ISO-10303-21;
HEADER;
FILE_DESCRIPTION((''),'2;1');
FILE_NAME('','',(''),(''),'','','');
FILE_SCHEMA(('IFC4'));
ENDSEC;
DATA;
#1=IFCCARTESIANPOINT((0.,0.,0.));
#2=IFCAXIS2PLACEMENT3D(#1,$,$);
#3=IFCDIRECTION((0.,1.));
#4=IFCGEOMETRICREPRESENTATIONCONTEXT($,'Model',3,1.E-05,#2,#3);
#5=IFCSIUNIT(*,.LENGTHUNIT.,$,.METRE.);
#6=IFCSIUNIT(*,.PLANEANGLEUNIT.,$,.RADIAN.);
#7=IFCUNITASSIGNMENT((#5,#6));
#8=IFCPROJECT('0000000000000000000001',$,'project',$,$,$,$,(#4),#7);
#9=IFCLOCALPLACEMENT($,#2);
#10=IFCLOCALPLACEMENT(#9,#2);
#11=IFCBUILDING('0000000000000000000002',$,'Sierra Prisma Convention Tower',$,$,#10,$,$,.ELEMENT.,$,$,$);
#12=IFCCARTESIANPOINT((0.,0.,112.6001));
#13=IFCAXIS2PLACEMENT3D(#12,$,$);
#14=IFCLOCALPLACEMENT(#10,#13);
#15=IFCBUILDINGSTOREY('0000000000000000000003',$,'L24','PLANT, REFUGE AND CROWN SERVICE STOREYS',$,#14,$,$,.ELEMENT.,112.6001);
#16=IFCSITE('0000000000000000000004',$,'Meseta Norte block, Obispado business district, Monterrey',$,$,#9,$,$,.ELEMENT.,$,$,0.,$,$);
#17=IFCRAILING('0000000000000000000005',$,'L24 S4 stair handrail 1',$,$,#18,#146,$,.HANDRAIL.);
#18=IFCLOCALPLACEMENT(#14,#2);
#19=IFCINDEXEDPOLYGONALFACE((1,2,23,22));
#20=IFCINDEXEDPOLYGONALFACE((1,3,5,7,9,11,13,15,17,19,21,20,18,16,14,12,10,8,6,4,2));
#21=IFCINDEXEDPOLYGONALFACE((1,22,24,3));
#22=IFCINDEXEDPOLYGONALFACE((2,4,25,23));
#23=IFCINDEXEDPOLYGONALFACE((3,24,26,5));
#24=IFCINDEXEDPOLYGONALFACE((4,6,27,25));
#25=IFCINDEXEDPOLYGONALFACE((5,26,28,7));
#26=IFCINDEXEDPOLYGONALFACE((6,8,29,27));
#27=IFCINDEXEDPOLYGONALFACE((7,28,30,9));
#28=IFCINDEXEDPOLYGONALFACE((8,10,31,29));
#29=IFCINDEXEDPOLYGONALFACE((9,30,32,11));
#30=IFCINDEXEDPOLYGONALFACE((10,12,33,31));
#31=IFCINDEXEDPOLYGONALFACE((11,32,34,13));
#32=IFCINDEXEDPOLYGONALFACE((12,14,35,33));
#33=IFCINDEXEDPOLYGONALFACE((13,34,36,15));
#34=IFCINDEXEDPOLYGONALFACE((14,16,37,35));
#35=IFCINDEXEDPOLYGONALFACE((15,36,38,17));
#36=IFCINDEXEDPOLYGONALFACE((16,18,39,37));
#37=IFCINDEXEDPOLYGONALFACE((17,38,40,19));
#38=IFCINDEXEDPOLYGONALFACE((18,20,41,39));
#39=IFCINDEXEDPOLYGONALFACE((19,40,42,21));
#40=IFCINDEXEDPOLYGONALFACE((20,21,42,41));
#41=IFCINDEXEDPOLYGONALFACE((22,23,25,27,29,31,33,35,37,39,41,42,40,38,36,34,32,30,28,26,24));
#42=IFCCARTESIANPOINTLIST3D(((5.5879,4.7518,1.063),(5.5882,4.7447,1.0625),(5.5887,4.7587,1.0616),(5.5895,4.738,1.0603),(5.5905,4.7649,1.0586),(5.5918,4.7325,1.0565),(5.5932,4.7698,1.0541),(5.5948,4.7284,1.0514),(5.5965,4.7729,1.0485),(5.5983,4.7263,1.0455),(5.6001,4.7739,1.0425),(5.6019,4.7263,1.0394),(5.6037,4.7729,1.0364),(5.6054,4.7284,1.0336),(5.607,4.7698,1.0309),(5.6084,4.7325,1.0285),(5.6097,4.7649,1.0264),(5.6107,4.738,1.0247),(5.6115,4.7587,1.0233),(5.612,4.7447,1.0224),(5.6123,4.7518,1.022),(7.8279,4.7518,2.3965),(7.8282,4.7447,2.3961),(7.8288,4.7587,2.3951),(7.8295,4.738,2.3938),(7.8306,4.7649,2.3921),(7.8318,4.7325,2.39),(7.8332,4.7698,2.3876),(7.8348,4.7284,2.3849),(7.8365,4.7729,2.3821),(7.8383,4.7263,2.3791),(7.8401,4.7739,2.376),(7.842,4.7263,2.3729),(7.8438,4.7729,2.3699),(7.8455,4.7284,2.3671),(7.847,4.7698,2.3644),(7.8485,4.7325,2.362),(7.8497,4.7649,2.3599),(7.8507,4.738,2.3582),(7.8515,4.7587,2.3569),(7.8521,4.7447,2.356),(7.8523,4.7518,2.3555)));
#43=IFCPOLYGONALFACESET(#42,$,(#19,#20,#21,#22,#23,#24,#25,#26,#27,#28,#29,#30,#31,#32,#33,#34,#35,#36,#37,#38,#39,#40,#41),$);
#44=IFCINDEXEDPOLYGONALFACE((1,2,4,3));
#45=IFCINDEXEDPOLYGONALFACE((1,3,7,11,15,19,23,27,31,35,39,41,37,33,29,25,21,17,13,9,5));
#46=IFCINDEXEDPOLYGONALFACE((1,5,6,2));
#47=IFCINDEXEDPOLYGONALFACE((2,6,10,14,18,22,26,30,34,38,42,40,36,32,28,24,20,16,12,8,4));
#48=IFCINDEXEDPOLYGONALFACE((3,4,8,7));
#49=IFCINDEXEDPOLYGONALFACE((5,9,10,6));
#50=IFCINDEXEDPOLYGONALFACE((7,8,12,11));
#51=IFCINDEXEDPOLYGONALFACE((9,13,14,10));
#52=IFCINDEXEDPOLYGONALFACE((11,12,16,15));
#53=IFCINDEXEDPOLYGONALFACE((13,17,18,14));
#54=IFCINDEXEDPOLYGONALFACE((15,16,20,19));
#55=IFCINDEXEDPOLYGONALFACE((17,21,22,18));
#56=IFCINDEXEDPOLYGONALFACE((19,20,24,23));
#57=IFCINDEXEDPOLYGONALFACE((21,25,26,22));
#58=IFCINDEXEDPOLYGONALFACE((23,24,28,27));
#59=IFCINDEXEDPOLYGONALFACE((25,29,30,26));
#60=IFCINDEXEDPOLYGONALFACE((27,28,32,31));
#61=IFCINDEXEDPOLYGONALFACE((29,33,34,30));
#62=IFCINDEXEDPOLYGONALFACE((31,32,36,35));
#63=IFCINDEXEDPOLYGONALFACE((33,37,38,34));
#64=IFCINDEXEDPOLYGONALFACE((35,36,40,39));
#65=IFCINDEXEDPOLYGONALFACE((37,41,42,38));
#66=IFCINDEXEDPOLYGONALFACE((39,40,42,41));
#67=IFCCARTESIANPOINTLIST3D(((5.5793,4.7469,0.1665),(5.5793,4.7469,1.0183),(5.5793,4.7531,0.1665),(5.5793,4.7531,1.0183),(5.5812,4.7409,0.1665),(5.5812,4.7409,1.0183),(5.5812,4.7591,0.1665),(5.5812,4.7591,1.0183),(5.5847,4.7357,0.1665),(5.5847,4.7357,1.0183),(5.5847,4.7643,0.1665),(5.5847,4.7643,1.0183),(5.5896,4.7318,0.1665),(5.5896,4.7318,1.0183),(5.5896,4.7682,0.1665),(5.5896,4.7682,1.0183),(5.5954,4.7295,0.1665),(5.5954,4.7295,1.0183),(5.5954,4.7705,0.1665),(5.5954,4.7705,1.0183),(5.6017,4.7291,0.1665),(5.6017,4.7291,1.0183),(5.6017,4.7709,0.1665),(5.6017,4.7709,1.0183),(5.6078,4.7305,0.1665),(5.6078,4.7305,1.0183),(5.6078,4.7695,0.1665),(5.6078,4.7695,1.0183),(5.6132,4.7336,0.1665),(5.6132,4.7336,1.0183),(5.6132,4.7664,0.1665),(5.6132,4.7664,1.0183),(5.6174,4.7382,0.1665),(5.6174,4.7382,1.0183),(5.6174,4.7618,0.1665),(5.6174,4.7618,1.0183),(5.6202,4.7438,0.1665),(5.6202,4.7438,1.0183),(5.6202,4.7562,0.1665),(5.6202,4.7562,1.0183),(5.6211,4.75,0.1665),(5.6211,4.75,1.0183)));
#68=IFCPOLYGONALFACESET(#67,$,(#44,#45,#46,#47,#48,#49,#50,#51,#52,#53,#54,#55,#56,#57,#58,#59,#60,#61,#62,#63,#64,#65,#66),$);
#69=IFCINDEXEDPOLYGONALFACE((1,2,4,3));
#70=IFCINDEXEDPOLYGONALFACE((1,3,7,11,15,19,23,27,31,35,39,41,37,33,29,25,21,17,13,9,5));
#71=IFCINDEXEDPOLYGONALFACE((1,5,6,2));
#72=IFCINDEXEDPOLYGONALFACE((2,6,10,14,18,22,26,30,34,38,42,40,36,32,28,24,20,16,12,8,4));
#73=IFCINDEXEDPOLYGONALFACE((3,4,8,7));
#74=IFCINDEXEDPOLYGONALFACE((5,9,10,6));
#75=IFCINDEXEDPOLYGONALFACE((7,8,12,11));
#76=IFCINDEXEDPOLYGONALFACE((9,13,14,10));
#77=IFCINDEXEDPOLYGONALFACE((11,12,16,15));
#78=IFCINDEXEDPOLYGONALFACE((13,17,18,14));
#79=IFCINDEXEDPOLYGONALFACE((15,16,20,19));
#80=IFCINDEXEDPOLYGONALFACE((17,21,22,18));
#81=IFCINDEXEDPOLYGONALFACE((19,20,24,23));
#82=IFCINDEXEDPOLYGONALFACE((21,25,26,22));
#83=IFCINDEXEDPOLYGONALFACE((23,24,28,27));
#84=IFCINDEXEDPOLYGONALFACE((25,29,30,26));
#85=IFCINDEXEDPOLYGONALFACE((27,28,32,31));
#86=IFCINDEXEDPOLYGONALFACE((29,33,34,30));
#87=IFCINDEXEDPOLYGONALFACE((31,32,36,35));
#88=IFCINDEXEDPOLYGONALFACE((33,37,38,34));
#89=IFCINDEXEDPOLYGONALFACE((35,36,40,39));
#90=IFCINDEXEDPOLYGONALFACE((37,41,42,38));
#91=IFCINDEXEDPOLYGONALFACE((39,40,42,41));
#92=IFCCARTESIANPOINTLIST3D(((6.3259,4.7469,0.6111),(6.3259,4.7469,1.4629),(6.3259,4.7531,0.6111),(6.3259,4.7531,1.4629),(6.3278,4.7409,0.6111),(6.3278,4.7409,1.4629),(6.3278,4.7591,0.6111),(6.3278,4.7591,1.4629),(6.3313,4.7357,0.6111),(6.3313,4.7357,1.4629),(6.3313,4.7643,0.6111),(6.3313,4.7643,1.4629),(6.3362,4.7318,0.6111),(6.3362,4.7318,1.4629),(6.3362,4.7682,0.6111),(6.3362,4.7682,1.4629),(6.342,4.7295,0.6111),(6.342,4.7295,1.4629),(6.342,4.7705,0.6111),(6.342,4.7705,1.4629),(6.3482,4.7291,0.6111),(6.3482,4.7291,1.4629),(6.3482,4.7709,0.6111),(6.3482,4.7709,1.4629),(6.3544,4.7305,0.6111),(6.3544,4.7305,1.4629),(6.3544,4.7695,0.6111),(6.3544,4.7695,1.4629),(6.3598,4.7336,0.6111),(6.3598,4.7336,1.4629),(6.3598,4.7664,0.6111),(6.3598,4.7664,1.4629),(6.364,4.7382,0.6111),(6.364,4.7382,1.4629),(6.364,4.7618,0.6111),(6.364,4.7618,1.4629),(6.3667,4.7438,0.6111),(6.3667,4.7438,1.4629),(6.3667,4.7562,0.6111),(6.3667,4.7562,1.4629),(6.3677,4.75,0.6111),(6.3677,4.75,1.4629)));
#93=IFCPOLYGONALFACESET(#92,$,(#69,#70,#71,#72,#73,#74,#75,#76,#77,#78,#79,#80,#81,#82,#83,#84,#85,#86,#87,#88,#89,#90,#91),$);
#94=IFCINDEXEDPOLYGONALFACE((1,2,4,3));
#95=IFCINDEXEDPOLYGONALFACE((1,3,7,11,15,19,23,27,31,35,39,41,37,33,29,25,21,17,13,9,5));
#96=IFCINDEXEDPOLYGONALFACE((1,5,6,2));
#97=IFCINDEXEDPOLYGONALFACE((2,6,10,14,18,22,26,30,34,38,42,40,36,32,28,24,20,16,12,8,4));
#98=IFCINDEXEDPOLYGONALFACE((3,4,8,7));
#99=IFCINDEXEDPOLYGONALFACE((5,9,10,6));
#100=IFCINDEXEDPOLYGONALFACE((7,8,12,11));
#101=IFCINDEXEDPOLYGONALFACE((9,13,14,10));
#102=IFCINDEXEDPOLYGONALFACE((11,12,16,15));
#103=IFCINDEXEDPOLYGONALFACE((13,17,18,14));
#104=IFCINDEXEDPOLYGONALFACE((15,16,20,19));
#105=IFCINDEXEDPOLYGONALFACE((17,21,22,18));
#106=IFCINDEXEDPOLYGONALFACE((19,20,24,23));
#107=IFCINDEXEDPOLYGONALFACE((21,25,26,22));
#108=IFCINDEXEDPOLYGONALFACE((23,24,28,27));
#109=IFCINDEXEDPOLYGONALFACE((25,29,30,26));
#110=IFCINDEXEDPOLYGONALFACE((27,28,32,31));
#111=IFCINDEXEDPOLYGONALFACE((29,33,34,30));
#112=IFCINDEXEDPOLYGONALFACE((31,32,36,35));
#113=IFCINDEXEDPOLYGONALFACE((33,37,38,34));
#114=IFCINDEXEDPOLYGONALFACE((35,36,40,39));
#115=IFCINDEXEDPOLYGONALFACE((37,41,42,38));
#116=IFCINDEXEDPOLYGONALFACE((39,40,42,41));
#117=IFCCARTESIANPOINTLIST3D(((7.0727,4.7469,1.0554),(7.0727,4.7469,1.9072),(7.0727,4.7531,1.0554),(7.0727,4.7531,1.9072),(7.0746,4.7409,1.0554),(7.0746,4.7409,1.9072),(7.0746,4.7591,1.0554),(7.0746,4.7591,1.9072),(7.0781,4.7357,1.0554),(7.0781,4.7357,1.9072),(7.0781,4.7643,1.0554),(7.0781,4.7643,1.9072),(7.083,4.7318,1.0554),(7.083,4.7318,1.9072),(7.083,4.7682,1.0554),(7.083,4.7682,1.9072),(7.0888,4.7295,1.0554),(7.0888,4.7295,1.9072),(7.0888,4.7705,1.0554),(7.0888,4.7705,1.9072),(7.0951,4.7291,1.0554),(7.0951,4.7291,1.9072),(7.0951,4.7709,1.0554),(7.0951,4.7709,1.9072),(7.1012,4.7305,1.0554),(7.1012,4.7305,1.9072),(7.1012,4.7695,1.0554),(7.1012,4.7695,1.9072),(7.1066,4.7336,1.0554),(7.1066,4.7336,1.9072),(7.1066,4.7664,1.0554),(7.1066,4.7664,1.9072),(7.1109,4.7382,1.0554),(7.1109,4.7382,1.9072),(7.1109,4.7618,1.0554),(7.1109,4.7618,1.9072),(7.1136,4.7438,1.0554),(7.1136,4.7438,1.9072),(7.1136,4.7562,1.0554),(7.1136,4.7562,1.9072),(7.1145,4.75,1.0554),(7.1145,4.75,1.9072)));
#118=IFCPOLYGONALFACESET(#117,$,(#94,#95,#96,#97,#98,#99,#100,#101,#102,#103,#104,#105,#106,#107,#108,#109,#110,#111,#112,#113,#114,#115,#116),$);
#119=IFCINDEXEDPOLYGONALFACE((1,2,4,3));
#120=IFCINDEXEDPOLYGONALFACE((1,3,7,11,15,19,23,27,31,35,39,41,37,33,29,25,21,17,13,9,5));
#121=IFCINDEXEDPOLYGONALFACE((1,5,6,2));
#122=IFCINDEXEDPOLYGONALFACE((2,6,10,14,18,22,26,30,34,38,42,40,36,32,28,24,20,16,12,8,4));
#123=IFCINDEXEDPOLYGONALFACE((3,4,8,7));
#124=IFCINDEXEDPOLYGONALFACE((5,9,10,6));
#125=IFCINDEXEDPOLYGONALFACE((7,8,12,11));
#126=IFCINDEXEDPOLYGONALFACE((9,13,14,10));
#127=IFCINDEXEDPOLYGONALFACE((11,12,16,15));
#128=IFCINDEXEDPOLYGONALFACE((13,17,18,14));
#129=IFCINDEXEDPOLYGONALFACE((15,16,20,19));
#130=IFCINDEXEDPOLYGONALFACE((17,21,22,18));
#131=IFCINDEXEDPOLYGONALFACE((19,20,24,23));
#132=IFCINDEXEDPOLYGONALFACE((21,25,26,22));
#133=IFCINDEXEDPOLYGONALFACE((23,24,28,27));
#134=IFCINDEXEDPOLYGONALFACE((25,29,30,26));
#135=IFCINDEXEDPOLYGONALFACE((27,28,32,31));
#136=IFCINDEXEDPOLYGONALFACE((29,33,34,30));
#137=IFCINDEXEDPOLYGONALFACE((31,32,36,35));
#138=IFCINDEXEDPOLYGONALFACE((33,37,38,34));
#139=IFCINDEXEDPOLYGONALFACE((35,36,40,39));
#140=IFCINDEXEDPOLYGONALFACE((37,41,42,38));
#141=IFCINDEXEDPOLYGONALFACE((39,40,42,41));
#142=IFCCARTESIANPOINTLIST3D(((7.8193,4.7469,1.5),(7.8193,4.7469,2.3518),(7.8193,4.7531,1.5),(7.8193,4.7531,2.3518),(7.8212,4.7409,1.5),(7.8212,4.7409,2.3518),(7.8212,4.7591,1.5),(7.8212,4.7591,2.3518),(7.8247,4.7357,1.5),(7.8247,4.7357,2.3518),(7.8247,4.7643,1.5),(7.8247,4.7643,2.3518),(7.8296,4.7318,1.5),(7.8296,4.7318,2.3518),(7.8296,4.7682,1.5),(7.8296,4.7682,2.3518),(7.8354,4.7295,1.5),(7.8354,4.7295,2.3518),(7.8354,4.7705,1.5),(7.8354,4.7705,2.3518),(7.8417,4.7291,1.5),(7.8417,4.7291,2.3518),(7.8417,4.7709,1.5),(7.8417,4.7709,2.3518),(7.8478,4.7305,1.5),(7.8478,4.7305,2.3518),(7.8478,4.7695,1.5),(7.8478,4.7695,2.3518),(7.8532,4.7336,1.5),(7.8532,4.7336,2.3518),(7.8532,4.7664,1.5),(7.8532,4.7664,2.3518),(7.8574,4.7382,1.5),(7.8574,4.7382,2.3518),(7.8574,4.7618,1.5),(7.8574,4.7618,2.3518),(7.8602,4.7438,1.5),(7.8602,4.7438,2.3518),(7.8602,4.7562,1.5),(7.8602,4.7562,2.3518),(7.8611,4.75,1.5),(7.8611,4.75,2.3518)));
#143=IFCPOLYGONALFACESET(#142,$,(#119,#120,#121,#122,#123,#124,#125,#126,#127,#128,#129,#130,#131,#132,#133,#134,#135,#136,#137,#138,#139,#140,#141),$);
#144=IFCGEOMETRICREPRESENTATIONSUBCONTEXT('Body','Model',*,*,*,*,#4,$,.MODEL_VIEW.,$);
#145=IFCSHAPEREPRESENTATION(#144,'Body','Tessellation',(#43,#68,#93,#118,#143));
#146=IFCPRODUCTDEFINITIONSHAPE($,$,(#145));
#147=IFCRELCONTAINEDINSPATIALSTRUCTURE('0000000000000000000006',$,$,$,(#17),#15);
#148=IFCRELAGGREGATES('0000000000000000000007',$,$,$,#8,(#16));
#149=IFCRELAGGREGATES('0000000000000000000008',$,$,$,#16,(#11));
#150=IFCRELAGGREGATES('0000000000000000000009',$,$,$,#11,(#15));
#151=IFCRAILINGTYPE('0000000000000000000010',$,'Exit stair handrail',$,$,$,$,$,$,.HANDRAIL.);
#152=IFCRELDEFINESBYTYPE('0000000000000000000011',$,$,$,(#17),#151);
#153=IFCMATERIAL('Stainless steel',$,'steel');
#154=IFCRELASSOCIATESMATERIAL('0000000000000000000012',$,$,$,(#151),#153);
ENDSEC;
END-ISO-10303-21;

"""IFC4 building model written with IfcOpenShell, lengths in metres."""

from ifc_helpers import new_model, si_unit, direction, frame, origin, origin_2d, place, context, subcontext, project, spatial, circle, extrude, material, type_object, element, save


model = new_model("IFC4")

# Units and contexts
model_context = context("Model", 3, precision=1e-05, world=origin(), true_north=direction((0.0, 1.0)))
body_context = subcontext(model_context, "Body", "Model", "MODEL_VIEW")
ifc_project = project(units=[si_unit("LENGTHUNIT", "METRE"), si_unit("PLANEANGLEUNIT", "RADIAN")], contexts=[model_context])

# Site, building, storey
site_placement = place(None, origin())
site = spatial("IfcSite", under=ifc_project, at=site_placement, Name="Meseta Norte block, Obispado business district, Monterrey", CompositionType="ELEMENT", RefElevation=0.0)
building_placement = place(site_placement, origin())
building = spatial("IfcBuilding", under=site, at=building_placement, Name="Sierra Prisma Convention Tower", CompositionType="ELEMENT")
storey_placement = place(building_placement, frame((0.0, 0.0, 112.6001)))
storey = spatial("IfcBuildingStorey", under=building, at=storey_placement, Name="L24", Description="PLANT, REFUGE AND CROWN SERVICE STOREYS", CompositionType="ELEMENT", Elevation=112.6001)

# Railing
ifc_material_1 = material(Name="Stainless steel", Category="steel")
railing_type_1 = type_object("IfcRailingType", Name="Exit stair handrail", PredefinedType="HANDRAIL", material=ifc_material_1)
for number, where, name in (
    (1, (5.6001, 4.75, 0.1665), "L24 S4 stair handrail 1"),
):
    element("IfcRailing", number, at=place(storey_placement, frame(where)), inside=storey, type_object=railing_type_1, Name=name, PredefinedType="HANDRAIL", context=body_context, shape_type="SweptSolid", body=[
        extrude(circle(Radius=0.0239, at=origin_2d()), frame((0.0, 0.0, 0.876), z_axis=(0.859264, 0.0, 0.511532), x_axis=(0.0, 1.0, 0.0)), (0.0, 0.0, 1.0), 2.6069),
        extrude(circle(Radius=0.021, at=origin_2d()), origin(), (0.0, 0.0, 1.0), 0.8518),
        extrude(circle(Radius=0.021, at=origin_2d()), frame((0.7466, 0.0, 0.4446)), (0.0, 0.0, 1.0), 0.8518),
        extrude(circle(Radius=0.021, at=origin_2d()), frame((1.4934, 0.0, 0.8889)), (0.0, 0.0, 1.0), 0.8518),
        extrude(circle(Radius=0.021, at=origin_2d()), frame((2.24, 0.0, 1.3335)), (0.0, 0.0, 1.0), 0.8518),
    ])

save(model, "model.ifc")
